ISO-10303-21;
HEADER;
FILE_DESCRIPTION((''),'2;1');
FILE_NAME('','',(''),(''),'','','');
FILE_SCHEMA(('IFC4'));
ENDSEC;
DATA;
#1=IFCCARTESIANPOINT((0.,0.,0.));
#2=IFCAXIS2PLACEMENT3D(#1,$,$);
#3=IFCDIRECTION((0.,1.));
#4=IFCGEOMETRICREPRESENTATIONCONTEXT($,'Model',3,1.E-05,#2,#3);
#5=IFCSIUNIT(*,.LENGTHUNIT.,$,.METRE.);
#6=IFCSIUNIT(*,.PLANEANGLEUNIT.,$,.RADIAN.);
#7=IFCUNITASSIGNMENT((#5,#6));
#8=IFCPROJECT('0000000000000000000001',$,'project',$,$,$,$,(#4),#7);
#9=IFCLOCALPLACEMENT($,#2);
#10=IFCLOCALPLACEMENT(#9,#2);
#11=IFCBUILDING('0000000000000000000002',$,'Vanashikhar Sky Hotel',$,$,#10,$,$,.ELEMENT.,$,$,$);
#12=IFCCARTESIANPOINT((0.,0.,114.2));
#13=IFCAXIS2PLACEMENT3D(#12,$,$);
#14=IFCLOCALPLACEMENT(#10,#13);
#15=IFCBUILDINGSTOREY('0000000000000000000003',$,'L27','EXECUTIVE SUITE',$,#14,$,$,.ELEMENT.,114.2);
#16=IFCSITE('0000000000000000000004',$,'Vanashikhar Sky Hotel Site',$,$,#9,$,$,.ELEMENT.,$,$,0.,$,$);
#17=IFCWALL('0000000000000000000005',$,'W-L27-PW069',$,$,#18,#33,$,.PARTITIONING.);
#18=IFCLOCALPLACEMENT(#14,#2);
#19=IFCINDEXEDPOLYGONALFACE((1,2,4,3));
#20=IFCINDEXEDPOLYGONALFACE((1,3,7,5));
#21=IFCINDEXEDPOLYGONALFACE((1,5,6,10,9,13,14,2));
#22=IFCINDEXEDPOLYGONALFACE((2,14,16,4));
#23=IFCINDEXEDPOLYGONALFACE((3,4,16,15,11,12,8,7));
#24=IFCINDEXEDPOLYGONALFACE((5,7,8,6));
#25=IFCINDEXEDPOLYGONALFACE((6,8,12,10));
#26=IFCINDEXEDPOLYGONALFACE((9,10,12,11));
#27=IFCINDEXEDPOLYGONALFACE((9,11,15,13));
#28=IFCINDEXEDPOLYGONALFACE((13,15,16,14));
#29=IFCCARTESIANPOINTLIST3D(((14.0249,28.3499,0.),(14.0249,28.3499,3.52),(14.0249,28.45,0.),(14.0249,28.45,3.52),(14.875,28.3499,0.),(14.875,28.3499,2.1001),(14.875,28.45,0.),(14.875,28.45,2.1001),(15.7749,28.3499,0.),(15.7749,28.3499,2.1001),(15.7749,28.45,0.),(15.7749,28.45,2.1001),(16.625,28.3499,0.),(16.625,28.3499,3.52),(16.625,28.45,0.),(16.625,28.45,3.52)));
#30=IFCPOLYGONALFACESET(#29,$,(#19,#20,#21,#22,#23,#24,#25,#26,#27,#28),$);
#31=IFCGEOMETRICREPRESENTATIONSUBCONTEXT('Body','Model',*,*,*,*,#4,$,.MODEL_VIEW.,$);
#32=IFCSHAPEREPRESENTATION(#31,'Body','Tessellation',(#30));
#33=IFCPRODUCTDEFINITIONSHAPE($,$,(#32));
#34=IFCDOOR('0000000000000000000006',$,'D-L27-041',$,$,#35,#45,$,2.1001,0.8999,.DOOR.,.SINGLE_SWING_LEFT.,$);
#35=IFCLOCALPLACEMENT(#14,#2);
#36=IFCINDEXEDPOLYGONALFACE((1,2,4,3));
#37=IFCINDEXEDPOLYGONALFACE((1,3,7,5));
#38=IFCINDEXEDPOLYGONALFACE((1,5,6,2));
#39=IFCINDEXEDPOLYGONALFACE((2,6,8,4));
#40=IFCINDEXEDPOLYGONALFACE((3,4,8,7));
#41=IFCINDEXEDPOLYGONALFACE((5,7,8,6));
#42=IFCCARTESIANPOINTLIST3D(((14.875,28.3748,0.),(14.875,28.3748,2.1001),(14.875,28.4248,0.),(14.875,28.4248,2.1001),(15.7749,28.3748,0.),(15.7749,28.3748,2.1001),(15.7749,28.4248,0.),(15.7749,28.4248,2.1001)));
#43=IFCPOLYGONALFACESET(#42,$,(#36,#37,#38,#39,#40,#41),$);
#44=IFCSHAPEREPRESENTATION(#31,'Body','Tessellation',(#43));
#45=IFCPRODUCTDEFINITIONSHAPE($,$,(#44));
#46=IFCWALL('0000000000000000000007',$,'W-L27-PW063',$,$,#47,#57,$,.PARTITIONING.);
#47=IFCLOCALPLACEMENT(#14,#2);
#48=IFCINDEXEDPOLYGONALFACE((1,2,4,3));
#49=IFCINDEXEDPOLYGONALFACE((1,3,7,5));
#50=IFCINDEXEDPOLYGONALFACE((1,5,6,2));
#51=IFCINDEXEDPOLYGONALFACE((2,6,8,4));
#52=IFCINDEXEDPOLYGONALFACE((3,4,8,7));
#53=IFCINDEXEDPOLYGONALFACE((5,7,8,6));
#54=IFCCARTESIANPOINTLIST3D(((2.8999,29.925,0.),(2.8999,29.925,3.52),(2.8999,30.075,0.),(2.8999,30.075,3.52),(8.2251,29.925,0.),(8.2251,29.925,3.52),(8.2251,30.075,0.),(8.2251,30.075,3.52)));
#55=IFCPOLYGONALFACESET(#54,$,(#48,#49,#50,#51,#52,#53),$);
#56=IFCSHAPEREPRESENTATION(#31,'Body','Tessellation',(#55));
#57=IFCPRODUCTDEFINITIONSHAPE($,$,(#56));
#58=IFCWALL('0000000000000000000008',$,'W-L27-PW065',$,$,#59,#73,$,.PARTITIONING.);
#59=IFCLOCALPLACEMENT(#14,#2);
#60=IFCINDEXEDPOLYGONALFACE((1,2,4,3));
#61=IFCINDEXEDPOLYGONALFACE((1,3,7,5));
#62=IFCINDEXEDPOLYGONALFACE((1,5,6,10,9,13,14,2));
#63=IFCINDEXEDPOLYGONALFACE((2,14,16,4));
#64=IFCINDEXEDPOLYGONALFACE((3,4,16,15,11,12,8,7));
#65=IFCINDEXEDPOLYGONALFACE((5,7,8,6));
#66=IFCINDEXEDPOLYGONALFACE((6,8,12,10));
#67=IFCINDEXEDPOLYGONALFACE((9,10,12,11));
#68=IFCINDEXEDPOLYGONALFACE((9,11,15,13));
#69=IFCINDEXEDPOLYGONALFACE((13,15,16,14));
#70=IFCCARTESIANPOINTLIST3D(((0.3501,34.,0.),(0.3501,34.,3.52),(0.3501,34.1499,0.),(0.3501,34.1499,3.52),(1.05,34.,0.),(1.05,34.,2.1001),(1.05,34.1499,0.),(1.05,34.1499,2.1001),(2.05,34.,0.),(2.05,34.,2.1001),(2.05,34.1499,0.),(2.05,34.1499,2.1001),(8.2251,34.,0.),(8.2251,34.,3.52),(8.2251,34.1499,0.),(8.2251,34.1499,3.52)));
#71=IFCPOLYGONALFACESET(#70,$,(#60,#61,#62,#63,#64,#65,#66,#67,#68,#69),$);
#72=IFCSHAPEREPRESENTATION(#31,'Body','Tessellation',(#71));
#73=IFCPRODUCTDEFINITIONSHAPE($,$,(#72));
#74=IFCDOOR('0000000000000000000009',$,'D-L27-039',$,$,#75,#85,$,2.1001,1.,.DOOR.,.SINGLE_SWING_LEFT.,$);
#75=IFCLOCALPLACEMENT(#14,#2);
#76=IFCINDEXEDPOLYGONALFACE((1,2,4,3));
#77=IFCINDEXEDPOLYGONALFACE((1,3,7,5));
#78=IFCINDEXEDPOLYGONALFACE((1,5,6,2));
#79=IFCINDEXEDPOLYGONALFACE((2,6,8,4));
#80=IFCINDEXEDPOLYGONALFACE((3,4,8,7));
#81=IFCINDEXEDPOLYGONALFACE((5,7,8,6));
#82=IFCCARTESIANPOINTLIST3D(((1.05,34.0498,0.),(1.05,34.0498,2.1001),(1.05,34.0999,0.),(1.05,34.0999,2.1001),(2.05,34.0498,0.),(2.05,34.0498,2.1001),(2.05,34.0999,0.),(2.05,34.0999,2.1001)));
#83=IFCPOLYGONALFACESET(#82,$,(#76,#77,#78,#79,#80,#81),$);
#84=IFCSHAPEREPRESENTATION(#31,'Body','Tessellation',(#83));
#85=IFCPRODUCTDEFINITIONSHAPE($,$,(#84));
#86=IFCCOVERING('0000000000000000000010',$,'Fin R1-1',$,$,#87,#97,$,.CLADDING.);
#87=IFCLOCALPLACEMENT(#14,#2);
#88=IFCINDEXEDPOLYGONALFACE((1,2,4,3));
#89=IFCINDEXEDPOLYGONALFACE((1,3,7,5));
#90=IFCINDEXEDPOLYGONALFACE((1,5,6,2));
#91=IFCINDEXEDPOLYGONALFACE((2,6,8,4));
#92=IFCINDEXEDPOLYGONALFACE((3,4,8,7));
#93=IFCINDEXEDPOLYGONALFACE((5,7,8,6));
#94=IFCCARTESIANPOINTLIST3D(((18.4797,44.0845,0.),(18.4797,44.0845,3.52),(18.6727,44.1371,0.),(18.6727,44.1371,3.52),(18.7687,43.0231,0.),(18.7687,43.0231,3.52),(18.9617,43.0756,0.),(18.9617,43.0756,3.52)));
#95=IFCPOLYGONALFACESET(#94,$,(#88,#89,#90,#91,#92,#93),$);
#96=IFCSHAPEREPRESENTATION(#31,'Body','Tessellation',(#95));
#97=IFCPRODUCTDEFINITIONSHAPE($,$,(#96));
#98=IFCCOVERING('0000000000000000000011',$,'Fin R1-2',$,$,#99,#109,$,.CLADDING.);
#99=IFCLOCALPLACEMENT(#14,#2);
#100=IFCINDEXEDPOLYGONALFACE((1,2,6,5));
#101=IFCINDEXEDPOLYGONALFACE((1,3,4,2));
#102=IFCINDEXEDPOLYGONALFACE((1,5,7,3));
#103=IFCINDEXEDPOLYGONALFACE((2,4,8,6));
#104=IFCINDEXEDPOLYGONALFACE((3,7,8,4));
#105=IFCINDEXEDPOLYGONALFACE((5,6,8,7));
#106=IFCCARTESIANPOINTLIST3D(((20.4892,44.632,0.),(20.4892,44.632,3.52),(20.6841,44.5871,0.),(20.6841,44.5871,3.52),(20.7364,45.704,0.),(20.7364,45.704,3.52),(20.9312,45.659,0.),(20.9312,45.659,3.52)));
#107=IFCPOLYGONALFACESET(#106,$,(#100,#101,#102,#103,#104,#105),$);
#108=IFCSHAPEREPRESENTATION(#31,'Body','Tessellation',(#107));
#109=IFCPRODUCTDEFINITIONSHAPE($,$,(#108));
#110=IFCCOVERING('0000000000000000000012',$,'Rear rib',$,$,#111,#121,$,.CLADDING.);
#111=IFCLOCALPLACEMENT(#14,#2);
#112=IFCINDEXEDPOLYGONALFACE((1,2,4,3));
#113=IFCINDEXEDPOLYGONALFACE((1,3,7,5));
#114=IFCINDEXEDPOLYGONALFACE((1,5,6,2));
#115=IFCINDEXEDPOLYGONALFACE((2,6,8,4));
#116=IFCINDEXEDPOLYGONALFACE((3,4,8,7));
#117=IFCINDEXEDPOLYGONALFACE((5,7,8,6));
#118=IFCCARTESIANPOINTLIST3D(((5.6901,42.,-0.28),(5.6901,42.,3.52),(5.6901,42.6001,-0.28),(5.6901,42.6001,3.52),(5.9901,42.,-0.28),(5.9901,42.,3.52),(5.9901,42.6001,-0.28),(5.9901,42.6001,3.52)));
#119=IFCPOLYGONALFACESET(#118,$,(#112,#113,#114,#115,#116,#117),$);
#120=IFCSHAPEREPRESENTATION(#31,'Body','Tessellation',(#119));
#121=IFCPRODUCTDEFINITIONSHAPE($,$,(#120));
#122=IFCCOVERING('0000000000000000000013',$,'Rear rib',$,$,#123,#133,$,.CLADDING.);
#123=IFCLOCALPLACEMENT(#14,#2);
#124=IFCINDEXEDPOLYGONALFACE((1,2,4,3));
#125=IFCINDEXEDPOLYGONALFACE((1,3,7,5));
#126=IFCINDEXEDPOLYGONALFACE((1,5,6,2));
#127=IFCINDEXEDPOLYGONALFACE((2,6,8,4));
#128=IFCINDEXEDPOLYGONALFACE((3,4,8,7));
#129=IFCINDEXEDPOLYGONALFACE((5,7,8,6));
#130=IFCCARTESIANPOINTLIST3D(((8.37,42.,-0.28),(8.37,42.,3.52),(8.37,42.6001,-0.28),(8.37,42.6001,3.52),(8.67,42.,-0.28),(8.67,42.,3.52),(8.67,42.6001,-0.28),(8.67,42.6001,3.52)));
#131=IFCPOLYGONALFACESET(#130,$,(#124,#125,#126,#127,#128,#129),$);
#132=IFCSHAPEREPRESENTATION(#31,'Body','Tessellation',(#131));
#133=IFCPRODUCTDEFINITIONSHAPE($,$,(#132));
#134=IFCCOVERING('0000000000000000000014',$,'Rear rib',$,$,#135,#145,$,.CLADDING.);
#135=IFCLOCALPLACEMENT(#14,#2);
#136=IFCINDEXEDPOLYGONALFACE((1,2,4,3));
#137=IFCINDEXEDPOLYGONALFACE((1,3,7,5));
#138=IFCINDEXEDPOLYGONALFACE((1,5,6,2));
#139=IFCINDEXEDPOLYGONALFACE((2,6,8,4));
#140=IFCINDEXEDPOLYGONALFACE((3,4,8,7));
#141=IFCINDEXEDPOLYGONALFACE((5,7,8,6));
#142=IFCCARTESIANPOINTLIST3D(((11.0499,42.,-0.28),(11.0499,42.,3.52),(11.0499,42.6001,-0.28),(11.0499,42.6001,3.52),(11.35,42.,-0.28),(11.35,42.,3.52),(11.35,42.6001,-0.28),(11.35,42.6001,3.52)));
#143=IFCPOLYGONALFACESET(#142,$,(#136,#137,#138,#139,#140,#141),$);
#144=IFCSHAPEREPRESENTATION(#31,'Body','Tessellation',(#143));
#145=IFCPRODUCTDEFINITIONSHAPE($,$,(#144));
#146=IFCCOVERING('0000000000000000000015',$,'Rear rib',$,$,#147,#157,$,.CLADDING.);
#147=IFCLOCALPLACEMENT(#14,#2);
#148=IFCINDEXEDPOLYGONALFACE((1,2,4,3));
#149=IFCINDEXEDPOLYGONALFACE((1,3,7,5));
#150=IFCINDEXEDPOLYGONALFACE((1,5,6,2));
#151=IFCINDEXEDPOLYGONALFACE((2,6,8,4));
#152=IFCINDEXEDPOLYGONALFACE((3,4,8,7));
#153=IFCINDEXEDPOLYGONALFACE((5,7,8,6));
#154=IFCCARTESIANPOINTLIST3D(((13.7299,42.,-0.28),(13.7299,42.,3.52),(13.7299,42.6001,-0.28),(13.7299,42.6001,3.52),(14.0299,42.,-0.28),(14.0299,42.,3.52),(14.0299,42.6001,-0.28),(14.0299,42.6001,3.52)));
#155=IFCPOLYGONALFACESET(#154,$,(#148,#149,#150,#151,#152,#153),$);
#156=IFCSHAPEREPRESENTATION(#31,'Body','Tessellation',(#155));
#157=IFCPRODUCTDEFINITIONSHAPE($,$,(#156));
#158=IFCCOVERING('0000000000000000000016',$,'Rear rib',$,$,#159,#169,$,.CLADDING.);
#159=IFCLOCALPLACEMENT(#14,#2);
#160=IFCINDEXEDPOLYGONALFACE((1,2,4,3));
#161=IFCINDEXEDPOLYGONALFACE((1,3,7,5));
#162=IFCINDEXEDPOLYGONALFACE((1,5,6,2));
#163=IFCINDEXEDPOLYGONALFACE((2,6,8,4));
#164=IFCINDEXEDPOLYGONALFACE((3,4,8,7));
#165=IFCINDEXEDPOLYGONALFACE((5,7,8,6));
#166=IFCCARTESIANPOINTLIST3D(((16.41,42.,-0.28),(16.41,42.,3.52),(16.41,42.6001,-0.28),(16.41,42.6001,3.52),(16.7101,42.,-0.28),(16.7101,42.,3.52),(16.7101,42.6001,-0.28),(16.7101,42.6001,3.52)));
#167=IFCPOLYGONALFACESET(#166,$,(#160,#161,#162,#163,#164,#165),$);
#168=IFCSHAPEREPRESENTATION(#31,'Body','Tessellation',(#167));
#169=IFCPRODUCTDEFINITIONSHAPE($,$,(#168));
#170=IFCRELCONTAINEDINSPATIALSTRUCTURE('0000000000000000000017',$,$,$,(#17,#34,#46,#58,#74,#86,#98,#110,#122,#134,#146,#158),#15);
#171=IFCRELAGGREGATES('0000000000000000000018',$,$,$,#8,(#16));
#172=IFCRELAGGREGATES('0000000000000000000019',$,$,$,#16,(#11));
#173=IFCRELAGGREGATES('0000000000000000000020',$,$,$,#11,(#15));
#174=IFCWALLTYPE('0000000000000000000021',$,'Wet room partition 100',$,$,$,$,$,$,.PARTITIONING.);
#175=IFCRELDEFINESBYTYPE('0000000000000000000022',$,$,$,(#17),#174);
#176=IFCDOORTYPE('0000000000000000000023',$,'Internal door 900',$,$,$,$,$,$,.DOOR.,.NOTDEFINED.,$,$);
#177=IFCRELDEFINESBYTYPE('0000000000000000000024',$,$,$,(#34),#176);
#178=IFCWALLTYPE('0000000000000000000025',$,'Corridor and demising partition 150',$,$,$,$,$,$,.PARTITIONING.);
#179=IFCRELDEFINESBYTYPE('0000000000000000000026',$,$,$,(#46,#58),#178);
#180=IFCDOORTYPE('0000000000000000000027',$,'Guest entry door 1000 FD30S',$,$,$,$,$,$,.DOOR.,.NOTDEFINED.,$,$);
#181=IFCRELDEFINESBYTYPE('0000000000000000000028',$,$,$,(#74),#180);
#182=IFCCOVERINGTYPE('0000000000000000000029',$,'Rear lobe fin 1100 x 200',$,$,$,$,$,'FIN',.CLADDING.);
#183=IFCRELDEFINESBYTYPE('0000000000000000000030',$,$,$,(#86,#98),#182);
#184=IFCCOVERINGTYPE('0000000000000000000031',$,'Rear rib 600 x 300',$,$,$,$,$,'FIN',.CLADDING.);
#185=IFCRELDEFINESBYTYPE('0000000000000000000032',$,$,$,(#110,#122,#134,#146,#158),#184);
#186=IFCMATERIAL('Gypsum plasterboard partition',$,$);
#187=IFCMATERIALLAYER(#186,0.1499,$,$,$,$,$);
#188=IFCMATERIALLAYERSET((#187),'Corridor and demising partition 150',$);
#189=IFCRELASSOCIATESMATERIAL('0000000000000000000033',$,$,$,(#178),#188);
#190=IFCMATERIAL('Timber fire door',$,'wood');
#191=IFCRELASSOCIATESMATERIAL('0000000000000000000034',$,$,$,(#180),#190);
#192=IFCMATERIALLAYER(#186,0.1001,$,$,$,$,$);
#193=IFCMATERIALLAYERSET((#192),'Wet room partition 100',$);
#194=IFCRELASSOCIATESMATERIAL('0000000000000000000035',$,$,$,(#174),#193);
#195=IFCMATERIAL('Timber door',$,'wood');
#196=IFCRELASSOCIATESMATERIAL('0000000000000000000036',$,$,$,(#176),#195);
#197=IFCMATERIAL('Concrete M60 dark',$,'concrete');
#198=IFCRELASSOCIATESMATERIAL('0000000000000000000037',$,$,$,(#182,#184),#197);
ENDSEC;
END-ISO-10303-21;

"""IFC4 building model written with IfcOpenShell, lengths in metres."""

from ifc_helpers import new_model, si_unit, direction, frame, frame_2d, origin, origin_2d, place, context, subcontext, project, spatial, rectangle, extrude, source, transform, mapped, material, layer, layer_set, material_profile, profile_set, type_object, element, fill, save


model = new_model("IFC4")

# Units and contexts
model_context = context("Model", 3, precision=1e-05, world=origin(), true_north=direction((0.0, 1.0)))
body_context = subcontext(model_context, "Body", "Model", "MODEL_VIEW")
ifc_project = project(units=[si_unit("LENGTHUNIT", "METRE"), si_unit("PLANEANGLEUNIT", "RADIAN")], contexts=[model_context])

# Site, building, storey
site_placement = place(None, origin())
site = spatial("IfcSite", under=ifc_project, at=site_placement, Name="Vanashikhar Sky Hotel Site", CompositionType="ELEMENT", RefElevation=0.0)
building_placement = place(site_placement, origin())
building = spatial("IfcBuilding", under=site, at=building_placement, Name="Vanashikhar Sky Hotel", CompositionType="ELEMENT")
storey_placement = place(building_placement, frame((0.0, 0.0, 114.2)))
storey = spatial("IfcBuildingStorey", under=building, at=storey_placement, Name="L27", Description="EXECUTIVE SUITE", CompositionType="ELEMENT", Elevation=114.2)

# Wall, opening, door
shared_shape_1 = source(origin(), body_context, "Body", "SweptSolid", [
    extrude(rectangle(XDim=1.0, YDim=2.1001, at=frame_2d((0.5, 1.05))), frame((0.0, 0.0249, 0.0), z_axis=(0.0, -1.0, 0.0), x_axis=(1.0, 0.0, 0.0)), (0.0, 0.0, 1.0), 0.05),
])
ifc_material_1 = material(Name="Gypsum plasterboard partition")
ifc_layer_1 = layer(ifc_material_1, 0.1499)
ifc_layer_set_1 = layer_set([ifc_layer_1], Name="Corridor and demising partition 150")
wall_type_1 = type_object("IfcWallType", Name="Corridor and demising partition 150", PredefinedType="PARTITIONING", material=ifc_layer_set_1)
shared_shape_2 = source(origin(), body_context, "Body", "SweptSolid", [
    extrude(rectangle(XDim=1.0, YDim=2.1001, at=frame_2d((0.5, 1.05))), frame((0.0, 0.085, 0.0), z_axis=(0.0, -1.0, 0.0), x_axis=(1.0, 0.0, 0.0)), (0.0, 0.0, 1.0), 0.1699),
])
ifc_material_2 = material(Name="Timber fire door", Category="wood")
door_type_1 = type_object("IfcDoorType", Name="Guest entry door 1000 FD30S", OperationType="NOTDEFINED", PredefinedType="DOOR", material=ifc_material_2)
ifc_layer_2 = layer(ifc_material_1, 0.1001)
ifc_layer_set_2 = layer_set([ifc_layer_2], Name="Wet room partition 100")
wall_type_2 = type_object("IfcWallType", Name="Wet room partition 100", PredefinedType="PARTITIONING", material=ifc_layer_set_2)
shared_shape_3 = source(origin(), body_context, "Body", "SweptSolid", [
    extrude(rectangle(XDim=2.6001, YDim=0.1001, at=frame_2d((1.3, 0.0))), origin(), (0.0, 0.0, 1.0), 3.52),
])
wall_1_placement = place(storey_placement, frame((14.0249, 28.3999, 0.0), z_axis=(0.0, 0.0, 1.0), x_axis=(1.0, 0.0, 0.0)))
wall_1 = element("IfcWall", 1, at=wall_1_placement, inside=storey, type_object=wall_type_2, Name="W-L27-PW069", PredefinedType="PARTITIONING", context=body_context, shape_type="MappedRepresentation", body=[
    mapped(shared_shape_3, transform((0.0, 0.0, 0.0), scale=1.0)),
])
shared_shape_4 = source(origin(), body_context, "Body", "SweptSolid", [
    extrude(rectangle(XDim=0.8999, YDim=2.1001, at=frame_2d((0.45, 1.05))), frame((0.0, 0.0601, 0.0), z_axis=(0.0, -1.0, 0.0), x_axis=(1.0, 0.0, 0.0)), (0.0, 0.0, 1.0), 0.1201),
])
opening_1_placement = place(wall_1_placement, frame((0.8501, 0.0, 0.0)))
opening_1 = element("IfcOpeningElement", 2, at=opening_1_placement, cuts=wall_1, PredefinedType="OPENING", context=body_context, shape_type="MappedRepresentation", body=[
    mapped(shared_shape_4, transform((0.0, 0.0, 0.0), scale=1.0)),
])
ifc_material_3 = material(Name="Timber door", Category="wood")
door_type_2 = type_object("IfcDoorType", Name="Internal door 900", OperationType="NOTDEFINED", PredefinedType="DOOR", material=ifc_material_3)
shared_shape_5 = source(origin(), body_context, "Body", "SweptSolid", [
    extrude(rectangle(XDim=0.8999, YDim=2.1001, at=frame_2d((0.45, 1.05))), frame((0.0, 0.0249, 0.0), z_axis=(0.0, -1.0, 0.0), x_axis=(1.0, 0.0, 0.0)), (0.0, 0.0, 1.0), 0.05),
])
door_1_placement = place(opening_1_placement, origin())
door_1 = element("IfcDoor", 3, at=door_1_placement, inside=storey, type_object=door_type_2, Name="D-L27-041", OperationType="SINGLE_SWING_LEFT", OverallHeight=2.1001, OverallWidth=0.8999, PredefinedType="DOOR", context=body_context, shape_type="MappedRepresentation", body=[
    mapped(shared_shape_5, transform((0.0, 0.0, 0.0), scale=1.0)),
])
fill(opening_1, door_1)

# Wall
shared_shape_6 = source(origin(), body_context, "Body", "SweptSolid", [
    extrude(rectangle(XDim=5.3252, YDim=0.1499, at=frame_2d((2.6626, 0.0))), origin(), (0.0, 0.0, 1.0), 3.52),
])
wall_2_placement = place(storey_placement, frame((2.8999, 30.0, 0.0), z_axis=(0.0, 0.0, 1.0), x_axis=(1.0, 0.0, 0.0)))
element("IfcWall", 4, at=wall_2_placement, inside=storey, type_object=wall_type_1, Name="W-L27-PW063", PredefinedType="PARTITIONING", context=body_context, shape_type="MappedRepresentation", body=[
    mapped(shared_shape_6, transform((0.0, 0.0, 0.0), scale=1.0)),
])

# Wall, opening, door
shared_shape_7 = source(origin(), body_context, "Body", "SweptSolid", [
    extrude(rectangle(XDim=7.875, YDim=0.1499, at=frame_2d((3.9375, 0.0))), origin(), (0.0, 0.0, 1.0), 3.52),
])
wall_3_placement = place(storey_placement, frame((0.3501, 34.075, 0.0), z_axis=(0.0, 0.0, 1.0), x_axis=(1.0, 0.0, 0.0)))
wall_3 = element("IfcWall", 5, at=wall_3_placement, inside=storey, type_object=wall_type_1, Name="W-L27-PW065", PredefinedType="PARTITIONING", context=body_context, shape_type="MappedRepresentation", body=[
    mapped(shared_shape_7, transform((0.0, 0.0, 0.0), scale=1.0)),
])
opening_2_placement = place(wall_3_placement, frame((0.7, 0.0, 0.0)))
opening_2 = element("IfcOpeningElement", 6, at=opening_2_placement, cuts=wall_3, PredefinedType="OPENING", context=body_context, shape_type="MappedRepresentation", body=[
    mapped(shared_shape_2, transform((0.0, 0.0, 0.0), scale=1.0)),
])
door_2_placement = place(opening_2_placement, origin())
door_2 = element("IfcDoor", 7, at=door_2_placement, inside=storey, type_object=door_type_1, Name="D-L27-039", OperationType="SINGLE_SWING_LEFT", OverallHeight=2.1001, OverallWidth=1.0, PredefinedType="DOOR", context=body_context, shape_type="MappedRepresentation", body=[
    mapped(shared_shape_1, transform((0.0, 0.0, 0.0), scale=1.0)),
])
fill(opening_2, door_2)

# Coverings
ifc_material_4 = material(Name="Concrete M60 dark", Category="concrete")
ifc_material_profile_1 = material_profile(ifc_material_4, rectangle(XDim=1.1001, YDim=0.2, at=origin_2d()))
ifc_profile_set_1 = profile_set([ifc_material_profile_1], Name="Rear lobe fin 1100 x 200")
covering_type_1 = type_object("IfcCoveringType", Name="Rear lobe fin 1100 x 200", ElementType="FIN", PredefinedType="CLADDING", material=ifc_profile_set_1)
shared_shape_8 = source(origin(), body_context, "Body", "SweptSolid", [
    extrude(rectangle(XDim=1.1001, YDim=0.2, at=origin_2d()), origin(), (0.0, 0.0, 1.0), 3.52),
])
for number, where, z_axis, x_axis, name in (
    (8, (18.7207, 43.5801, 0.0), (0.0, 0.0, 1.0), (-0.262711, 0.964874, 0.0), "Fin R1-1"),
    (9, (20.7102, 45.1455, 0.0), (0.0, 0.0, 1.0), (0.224645, 0.974441, 0.0), "Fin R1-2"),
):
    element("IfcCovering", number, at=place(storey_placement, frame(where, z_axis=z_axis, x_axis=x_axis)), inside=storey, type_object=covering_type_1, Name=name, PredefinedType="CLADDING", context=body_context, shape_type="MappedRepresentation", body=[
        mapped(shared_shape_8, transform((0.0, 0.0, 0.0), scale=1.0)),
    ])
ifc_material_profile_2 = material_profile(ifc_material_4, rectangle(XDim=0.6001, YDim=0.3, at=origin_2d()))
ifc_profile_set_2 = profile_set([ifc_material_profile_2], Name="Rear rib 600 x 300")
covering_type_2 = type_object("IfcCoveringType", Name="Rear rib 600 x 300", ElementType="FIN", PredefinedType="CLADDING", material=ifc_profile_set_2)
shared_shape_9 = source(origin(), body_context, "Body", "SweptSolid", [
    extrude(rectangle(XDim=0.6001, YDim=0.3, at=origin_2d()), origin(), (0.0, 0.0, 1.0), 3.8),
])
for number, where, z_axis, x_axis, name in (
    (10, (5.8401, 42.3, -0.28), (0.0, 0.0, 1.0), (0.0, 1.0, 0.0), "Rear rib"),
    (11, (8.52, 42.3, -0.28), (0.0, 0.0, 1.0), (0.0, 1.0, 0.0), "Rear rib"),
    (12, (11.2, 42.3, -0.28), (0.0, 0.0, 1.0), (0.0, 1.0, 0.0), "Rear rib"),
    (13, (13.8799, 42.3, -0.28), (0.0, 0.0, 1.0), (0.0, 1.0, 0.0), "Rear rib"),
    (14, (16.5601, 42.3, -0.28), (0.0, 0.0, 1.0), (0.0, 1.0, 0.0), "Rear rib"),
):
    element("IfcCovering", number, at=place(storey_placement, frame(where, z_axis=z_axis, x_axis=x_axis)), inside=storey, type_object=covering_type_2, Name=name, PredefinedType="CLADDING", context=body_context, shape_type="MappedRepresentation", body=[
        mapped(shared_shape_9, transform((0.0, 0.0, 0.0), scale=1.0)),
    ])

save(model, "model.ifc")
